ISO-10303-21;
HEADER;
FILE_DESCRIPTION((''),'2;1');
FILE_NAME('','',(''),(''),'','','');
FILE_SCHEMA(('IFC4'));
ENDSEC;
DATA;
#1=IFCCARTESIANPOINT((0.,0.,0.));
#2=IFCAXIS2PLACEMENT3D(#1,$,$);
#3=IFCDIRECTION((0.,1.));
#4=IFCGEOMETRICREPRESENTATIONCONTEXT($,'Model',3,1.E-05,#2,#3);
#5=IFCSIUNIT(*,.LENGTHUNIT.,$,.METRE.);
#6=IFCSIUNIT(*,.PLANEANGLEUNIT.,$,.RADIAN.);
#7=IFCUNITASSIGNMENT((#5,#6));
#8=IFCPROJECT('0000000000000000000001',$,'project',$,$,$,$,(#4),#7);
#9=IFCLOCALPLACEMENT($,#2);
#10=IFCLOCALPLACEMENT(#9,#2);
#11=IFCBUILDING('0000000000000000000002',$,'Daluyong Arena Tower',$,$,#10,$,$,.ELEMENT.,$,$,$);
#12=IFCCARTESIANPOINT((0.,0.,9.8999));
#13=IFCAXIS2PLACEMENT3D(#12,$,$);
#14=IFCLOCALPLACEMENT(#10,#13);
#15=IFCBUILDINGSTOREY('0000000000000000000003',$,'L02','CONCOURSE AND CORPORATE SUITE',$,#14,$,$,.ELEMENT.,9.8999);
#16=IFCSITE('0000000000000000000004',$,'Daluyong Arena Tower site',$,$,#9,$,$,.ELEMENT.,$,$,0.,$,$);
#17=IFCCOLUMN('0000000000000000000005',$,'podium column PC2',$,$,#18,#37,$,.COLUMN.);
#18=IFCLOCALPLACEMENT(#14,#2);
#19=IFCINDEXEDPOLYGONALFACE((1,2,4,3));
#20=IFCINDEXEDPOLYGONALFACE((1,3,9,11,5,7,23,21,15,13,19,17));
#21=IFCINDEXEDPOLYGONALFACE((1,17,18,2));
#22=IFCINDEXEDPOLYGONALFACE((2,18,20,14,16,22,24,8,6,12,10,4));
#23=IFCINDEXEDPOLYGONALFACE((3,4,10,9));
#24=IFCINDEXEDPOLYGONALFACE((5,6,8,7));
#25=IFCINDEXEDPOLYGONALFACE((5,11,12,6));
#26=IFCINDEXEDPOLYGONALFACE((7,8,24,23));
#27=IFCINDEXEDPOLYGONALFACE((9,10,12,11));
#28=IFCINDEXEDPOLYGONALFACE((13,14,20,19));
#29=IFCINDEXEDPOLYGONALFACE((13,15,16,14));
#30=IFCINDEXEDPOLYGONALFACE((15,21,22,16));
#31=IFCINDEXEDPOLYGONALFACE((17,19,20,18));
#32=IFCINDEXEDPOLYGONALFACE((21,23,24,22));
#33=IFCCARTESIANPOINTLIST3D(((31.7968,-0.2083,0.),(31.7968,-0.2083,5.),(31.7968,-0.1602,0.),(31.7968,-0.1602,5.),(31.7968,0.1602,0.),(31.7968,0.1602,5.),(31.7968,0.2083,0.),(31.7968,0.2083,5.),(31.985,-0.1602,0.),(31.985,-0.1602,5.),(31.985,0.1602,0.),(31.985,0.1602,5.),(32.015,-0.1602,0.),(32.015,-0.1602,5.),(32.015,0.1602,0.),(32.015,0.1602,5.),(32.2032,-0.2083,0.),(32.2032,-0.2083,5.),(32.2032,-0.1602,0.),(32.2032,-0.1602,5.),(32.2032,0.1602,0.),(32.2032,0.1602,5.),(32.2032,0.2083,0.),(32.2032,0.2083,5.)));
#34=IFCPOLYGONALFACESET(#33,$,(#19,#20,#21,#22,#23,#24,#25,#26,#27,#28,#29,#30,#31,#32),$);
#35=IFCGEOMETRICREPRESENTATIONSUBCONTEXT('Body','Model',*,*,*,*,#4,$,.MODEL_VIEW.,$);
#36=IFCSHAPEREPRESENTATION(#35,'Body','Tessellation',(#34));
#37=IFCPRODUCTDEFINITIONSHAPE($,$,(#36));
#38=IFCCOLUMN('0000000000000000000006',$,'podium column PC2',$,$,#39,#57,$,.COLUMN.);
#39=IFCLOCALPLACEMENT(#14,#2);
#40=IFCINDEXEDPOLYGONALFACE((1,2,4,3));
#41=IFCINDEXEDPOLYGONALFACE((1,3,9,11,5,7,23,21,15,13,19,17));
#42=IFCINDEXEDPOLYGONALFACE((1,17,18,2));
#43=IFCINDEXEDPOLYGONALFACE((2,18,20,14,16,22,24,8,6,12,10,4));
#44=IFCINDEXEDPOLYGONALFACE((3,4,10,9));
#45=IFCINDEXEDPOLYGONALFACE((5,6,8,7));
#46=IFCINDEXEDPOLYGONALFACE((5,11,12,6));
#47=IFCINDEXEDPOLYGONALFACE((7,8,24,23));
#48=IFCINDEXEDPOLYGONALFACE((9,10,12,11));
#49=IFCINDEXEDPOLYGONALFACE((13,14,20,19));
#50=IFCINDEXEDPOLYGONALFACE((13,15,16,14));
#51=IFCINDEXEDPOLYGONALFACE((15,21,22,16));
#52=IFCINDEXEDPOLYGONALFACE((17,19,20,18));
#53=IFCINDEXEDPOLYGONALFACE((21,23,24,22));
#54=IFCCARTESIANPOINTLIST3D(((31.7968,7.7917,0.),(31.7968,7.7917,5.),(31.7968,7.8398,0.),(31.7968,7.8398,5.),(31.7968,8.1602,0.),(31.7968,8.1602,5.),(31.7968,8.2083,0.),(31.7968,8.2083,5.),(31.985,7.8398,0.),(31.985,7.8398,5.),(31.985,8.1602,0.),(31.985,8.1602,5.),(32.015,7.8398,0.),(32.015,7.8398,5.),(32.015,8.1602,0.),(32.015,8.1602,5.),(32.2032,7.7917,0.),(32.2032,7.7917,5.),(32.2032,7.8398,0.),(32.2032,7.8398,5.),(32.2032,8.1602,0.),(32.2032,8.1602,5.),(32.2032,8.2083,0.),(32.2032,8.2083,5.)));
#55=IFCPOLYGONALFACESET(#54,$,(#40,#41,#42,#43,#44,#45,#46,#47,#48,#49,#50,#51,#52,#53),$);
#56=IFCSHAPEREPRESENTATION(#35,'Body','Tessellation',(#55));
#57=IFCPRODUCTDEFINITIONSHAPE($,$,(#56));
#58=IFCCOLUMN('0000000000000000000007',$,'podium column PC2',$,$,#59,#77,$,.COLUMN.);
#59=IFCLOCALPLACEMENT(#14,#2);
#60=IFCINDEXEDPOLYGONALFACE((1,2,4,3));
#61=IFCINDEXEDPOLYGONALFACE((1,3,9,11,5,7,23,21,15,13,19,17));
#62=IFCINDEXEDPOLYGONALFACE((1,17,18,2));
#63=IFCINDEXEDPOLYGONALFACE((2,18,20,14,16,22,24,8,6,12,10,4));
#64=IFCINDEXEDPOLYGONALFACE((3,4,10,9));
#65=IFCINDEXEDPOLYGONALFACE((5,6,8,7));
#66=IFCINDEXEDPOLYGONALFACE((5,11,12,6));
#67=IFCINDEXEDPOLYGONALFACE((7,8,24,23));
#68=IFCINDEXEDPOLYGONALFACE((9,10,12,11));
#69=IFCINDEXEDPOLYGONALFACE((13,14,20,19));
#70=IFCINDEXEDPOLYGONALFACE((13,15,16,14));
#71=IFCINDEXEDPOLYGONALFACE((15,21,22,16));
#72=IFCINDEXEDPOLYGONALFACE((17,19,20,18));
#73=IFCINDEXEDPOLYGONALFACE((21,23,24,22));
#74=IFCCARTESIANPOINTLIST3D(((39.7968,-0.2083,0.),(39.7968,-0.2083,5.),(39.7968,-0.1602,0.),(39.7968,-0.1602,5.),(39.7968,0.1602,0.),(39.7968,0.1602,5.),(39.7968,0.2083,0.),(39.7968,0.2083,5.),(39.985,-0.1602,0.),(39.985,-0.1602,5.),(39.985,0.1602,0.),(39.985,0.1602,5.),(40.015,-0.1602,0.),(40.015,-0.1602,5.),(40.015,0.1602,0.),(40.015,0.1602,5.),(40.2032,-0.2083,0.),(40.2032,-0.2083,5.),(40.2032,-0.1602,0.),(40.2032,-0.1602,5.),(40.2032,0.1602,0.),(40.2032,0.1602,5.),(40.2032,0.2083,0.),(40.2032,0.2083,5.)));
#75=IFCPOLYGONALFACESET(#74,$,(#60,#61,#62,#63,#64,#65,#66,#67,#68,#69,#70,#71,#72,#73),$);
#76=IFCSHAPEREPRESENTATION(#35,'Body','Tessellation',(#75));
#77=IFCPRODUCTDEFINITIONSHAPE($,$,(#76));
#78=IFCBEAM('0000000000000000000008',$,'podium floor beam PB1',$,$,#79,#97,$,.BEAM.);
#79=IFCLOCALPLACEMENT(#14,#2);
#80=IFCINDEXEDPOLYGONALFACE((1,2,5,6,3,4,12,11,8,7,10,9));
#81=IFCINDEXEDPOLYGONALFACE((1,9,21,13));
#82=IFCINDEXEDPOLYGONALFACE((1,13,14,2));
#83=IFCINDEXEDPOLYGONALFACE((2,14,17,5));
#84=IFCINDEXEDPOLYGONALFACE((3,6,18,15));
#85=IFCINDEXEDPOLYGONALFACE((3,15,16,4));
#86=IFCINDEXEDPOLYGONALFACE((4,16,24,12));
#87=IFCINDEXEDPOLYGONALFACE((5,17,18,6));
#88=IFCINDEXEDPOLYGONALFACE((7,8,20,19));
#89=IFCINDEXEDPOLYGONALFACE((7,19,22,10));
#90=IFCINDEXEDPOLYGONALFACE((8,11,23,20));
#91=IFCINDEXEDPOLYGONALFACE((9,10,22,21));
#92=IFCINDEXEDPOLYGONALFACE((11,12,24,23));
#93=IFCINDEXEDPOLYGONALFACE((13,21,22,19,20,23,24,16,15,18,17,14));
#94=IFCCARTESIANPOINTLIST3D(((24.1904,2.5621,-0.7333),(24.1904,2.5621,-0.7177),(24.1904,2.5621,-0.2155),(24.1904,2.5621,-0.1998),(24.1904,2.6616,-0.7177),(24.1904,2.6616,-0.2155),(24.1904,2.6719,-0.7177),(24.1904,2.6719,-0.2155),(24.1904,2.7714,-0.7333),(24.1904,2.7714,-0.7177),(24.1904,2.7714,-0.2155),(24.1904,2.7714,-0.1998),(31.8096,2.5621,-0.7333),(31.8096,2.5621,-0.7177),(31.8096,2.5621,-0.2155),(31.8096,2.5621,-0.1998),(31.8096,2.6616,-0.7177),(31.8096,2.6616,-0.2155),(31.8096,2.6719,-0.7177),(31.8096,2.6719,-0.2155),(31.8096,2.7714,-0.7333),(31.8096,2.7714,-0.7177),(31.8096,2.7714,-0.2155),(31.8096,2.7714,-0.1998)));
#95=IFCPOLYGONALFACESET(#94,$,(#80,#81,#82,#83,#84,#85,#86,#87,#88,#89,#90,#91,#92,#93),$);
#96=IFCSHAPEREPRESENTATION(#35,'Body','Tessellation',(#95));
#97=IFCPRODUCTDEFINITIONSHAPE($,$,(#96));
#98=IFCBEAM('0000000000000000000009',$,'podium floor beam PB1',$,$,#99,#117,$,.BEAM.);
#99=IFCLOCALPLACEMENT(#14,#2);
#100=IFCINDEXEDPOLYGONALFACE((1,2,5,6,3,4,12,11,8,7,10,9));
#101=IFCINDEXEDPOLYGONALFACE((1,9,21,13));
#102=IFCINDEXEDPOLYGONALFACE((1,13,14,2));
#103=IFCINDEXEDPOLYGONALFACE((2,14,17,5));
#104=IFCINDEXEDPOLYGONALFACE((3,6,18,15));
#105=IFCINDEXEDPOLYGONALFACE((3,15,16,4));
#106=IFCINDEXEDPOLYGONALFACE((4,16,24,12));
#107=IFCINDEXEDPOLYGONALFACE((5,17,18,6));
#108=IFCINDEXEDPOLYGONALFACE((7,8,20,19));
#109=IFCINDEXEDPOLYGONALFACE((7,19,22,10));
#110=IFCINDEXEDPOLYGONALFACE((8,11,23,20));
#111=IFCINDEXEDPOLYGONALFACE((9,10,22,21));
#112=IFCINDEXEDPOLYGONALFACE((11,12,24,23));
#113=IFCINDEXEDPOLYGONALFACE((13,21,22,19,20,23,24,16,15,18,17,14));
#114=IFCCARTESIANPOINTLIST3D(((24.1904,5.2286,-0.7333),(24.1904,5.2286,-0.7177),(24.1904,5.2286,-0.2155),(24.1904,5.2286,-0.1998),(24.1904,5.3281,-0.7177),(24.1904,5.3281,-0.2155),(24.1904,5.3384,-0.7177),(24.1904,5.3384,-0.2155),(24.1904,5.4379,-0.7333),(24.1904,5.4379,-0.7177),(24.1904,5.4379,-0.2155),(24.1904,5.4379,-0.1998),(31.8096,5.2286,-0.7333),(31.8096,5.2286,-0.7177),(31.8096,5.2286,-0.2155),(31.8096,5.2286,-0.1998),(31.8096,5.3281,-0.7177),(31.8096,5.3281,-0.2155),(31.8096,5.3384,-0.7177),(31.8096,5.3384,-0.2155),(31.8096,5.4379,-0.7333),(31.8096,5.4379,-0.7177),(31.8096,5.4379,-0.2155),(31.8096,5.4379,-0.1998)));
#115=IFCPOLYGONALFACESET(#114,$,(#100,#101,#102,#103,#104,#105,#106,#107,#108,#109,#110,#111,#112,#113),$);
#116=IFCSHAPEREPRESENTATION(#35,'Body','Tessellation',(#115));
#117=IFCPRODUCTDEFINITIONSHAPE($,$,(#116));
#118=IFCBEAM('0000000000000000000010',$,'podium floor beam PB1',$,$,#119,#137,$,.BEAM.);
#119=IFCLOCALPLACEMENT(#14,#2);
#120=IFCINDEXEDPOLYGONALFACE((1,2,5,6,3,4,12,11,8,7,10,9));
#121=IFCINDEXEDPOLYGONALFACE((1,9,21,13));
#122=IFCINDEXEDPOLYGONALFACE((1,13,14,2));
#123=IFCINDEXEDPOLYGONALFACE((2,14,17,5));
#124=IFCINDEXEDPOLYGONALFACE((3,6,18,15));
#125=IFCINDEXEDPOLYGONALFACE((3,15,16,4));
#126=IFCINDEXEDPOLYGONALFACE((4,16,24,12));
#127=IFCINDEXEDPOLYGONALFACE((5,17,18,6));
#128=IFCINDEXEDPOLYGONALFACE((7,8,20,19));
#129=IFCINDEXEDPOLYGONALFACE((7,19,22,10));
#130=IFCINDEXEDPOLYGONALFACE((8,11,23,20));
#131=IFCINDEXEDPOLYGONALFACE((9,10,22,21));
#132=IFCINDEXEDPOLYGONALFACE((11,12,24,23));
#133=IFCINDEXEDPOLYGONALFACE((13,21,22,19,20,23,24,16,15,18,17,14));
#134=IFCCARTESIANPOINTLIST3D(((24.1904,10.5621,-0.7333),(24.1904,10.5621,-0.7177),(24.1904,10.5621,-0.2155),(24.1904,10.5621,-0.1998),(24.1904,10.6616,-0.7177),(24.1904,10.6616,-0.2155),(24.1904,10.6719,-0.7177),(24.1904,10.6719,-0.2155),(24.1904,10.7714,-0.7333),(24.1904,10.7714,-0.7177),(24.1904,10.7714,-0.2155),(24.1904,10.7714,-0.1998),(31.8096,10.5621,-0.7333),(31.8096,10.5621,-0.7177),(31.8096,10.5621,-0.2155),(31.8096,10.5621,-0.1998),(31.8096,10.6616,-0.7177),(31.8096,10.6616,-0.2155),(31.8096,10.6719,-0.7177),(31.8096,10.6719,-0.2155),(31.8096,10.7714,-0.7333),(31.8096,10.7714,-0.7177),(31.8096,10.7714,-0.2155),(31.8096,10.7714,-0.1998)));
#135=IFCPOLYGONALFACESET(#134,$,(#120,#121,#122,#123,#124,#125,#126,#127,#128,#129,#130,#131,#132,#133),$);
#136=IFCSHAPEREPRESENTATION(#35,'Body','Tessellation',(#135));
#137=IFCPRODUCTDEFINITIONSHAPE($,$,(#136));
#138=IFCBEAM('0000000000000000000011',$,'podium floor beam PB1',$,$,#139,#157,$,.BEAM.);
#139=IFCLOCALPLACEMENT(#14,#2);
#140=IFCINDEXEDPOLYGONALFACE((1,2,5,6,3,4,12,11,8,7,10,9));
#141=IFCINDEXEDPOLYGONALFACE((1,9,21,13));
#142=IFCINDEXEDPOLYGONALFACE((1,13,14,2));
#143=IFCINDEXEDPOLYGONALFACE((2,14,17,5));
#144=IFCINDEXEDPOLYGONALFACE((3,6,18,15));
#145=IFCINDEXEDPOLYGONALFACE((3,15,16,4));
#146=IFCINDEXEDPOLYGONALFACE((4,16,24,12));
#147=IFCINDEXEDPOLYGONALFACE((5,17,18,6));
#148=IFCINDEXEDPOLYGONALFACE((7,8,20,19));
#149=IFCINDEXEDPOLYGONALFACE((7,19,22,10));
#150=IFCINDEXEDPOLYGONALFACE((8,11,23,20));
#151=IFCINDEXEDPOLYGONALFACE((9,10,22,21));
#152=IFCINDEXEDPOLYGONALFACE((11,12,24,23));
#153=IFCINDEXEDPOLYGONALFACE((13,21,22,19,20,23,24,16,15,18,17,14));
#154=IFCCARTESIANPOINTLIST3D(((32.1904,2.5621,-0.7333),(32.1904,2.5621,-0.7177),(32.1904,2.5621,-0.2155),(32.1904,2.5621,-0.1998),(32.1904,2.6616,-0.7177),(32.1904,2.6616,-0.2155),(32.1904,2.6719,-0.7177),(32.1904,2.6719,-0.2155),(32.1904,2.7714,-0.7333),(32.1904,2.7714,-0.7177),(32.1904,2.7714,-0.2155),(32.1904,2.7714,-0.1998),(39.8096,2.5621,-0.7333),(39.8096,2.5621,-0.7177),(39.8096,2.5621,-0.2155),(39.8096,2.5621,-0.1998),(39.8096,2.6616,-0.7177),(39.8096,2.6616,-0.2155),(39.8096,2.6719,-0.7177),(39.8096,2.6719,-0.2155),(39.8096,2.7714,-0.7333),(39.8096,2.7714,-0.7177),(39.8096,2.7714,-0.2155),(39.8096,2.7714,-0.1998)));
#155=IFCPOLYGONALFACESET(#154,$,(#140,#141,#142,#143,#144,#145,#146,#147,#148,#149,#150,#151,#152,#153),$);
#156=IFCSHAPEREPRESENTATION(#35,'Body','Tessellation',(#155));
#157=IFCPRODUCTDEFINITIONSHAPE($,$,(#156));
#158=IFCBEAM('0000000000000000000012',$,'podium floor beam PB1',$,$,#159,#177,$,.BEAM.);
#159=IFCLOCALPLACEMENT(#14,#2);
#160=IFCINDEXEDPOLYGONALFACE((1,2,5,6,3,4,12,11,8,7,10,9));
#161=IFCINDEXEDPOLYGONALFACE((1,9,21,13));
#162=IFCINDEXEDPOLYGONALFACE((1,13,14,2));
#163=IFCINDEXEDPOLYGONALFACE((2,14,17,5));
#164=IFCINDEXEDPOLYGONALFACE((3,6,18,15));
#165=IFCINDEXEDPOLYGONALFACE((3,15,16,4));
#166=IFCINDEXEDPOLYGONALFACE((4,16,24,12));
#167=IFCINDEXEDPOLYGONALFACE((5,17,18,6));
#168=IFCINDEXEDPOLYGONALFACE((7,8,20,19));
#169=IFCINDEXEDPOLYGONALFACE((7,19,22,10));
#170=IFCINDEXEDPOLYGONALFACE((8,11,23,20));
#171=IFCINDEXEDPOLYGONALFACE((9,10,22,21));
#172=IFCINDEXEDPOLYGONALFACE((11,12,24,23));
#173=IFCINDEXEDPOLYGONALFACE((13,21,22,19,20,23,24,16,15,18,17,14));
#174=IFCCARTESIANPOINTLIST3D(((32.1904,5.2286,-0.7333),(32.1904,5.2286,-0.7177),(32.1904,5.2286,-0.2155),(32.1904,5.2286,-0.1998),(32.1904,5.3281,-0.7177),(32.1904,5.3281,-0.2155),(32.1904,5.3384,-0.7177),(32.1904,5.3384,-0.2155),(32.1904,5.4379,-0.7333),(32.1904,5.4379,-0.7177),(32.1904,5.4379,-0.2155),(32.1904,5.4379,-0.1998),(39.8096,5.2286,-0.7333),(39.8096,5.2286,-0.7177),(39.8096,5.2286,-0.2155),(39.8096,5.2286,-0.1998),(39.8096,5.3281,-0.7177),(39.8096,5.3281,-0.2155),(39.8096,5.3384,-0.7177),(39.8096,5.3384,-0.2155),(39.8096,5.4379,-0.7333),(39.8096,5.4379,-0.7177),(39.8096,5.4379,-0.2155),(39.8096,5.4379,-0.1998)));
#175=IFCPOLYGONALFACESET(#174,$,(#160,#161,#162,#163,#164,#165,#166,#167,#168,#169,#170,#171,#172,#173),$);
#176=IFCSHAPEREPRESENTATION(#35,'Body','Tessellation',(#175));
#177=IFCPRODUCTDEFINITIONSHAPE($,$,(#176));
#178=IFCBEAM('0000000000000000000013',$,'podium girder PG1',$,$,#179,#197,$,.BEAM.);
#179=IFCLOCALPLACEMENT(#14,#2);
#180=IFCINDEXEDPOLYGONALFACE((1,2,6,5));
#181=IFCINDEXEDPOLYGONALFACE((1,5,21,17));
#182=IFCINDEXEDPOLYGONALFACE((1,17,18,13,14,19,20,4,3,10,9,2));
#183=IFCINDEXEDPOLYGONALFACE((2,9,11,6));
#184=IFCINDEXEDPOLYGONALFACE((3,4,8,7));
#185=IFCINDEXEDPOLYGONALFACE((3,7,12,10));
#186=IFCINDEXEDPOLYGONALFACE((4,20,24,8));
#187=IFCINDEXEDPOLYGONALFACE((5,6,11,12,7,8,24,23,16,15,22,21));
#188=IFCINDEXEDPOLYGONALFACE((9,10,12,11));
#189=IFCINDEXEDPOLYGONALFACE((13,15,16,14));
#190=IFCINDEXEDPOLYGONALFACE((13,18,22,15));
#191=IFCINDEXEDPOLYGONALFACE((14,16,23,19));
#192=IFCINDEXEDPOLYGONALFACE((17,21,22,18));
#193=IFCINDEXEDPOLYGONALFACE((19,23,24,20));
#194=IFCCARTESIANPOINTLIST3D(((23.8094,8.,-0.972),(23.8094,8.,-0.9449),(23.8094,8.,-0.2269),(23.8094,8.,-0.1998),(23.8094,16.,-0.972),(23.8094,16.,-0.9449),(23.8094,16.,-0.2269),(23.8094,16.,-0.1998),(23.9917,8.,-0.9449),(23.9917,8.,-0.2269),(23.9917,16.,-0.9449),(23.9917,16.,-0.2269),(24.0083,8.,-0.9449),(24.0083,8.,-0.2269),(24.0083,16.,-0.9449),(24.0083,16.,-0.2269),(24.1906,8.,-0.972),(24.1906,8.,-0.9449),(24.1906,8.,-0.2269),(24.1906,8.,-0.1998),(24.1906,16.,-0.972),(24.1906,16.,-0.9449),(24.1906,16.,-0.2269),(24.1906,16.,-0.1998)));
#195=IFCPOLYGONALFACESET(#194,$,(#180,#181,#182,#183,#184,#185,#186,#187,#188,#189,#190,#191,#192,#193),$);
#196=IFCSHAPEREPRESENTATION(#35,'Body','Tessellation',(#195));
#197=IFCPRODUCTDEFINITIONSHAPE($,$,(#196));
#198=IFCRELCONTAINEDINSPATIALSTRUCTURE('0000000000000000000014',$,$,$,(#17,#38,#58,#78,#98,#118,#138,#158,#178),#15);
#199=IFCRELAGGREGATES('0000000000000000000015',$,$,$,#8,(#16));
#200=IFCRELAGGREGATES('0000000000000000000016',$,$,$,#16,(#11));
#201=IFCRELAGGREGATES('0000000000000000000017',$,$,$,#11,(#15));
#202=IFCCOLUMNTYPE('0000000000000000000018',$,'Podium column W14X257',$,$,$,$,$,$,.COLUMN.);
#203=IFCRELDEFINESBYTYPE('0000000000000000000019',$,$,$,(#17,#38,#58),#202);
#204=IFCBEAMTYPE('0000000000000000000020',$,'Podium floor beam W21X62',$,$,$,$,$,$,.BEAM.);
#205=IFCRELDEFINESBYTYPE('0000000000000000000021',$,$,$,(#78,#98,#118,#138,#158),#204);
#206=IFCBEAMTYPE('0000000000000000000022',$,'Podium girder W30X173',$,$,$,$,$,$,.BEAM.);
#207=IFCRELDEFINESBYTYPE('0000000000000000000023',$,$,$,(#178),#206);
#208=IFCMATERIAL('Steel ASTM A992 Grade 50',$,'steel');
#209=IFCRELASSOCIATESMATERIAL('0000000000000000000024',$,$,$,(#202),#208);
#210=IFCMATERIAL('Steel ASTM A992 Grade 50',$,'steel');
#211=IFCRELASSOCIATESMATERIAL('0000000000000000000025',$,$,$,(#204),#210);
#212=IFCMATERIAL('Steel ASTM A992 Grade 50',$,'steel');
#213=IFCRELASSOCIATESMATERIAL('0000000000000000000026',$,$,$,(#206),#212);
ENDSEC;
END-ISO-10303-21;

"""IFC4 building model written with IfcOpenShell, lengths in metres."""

from ifc_helpers import new_model, si_unit, direction, frame, origin, origin_2d, place, context, subcontext, project, spatial, i_section, extrude, material, material_profile, profile_set, type_object, element, save


model = new_model("IFC4")

# Units and contexts
model_context = context("Model", 3, precision=1e-05, world=origin(), true_north=direction((0.0, 1.0)))
body_context = subcontext(model_context, "Body", "Model", "MODEL_VIEW")
ifc_project = project(units=[si_unit("LENGTHUNIT", "METRE"), si_unit("PLANEANGLEUNIT", "RADIAN")], contexts=[model_context])

# Site, building, storey
site_placement = place(None, origin())
site = spatial("IfcSite", under=ifc_project, at=site_placement, Name="Daluyong Arena Tower site", CompositionType="ELEMENT", RefElevation=0.0)
building_placement = place(site_placement, origin())
building = spatial("IfcBuilding", under=site, at=building_placement, Name="Daluyong Arena Tower", CompositionType="ELEMENT")
storey_placement = place(building_placement, frame((0.0, 0.0, 9.8999)))
storey = spatial("IfcBuildingStorey", under=building, at=storey_placement, Name="L02", Description="CONCOURSE AND CORPORATE SUITE", CompositionType="ELEMENT", Elevation=9.8999)

# Columns
ifc_material_1 = material(Name="Steel ASTM A992 Grade 50", Category="steel")
ifc_material_profile_1 = material_profile(ifc_material_1, i_section(OverallWidth=0.4065, OverallDepth=0.4165, WebThickness=0.03, FlangeThickness=0.0481, at=origin_2d()))
ifc_profile_set_1 = profile_set([ifc_material_profile_1], Name="Steel ASTM A992 Grade 50")
column_type = type_object("IfcColumnType", Name="Podium column W14X257", PredefinedType="COLUMN", material=ifc_profile_set_1)
for number, where, z_axis, x_axis, name in (
    (1, (32.0, 0.0, 0.0), (0.0, 0.0, 1.0), (1.0, 0.0, 0.0), "podium column PC2"),
    (2, (32.0, 8.0, 0.0), (0.0, 0.0, 1.0), (1.0, 0.0, 0.0), "podium column PC2"),
    (3, (40.0, 0.0, 0.0), (0.0, 0.0, 1.0), (1.0, 0.0, 0.0), "podium column PC2"),
):
    element("IfcColumn", number, at=place(storey_placement, frame(where, z_axis=z_axis, x_axis=x_axis)), inside=storey, type_object=column_type, Name=name, PredefinedType="COLUMN", context=body_context, shape_type="SweptSolid", body=[
        extrude(i_section(OverallWidth=0.4065, OverallDepth=0.4165, WebThickness=0.03, FlangeThickness=0.0481, at=origin_2d()), origin(), (0.0, 0.0, 1.0), 5.0),
    ])

# Beams
ifc_material_2 = material(Name="Steel ASTM A992 Grade 50", Category="steel")
ifc_material_profile_2 = material_profile(ifc_material_2, i_section(OverallWidth=0.2092, OverallDepth=0.5334, WebThickness=0.0103, FlangeThickness=0.0156, at=origin_2d()))
ifc_profile_set_2 = profile_set([ifc_material_profile_2], Name="Steel ASTM A992 Grade 50")
beam_type_1 = type_object("IfcBeamType", Name="Podium floor beam W21X62", PredefinedType="BEAM", material=ifc_profile_set_2)
for number, where, z_axis, x_axis, name in (
    (4, (24.1904, 2.6667, -0.4666), (1.0, 0.0, 0.0), (0.0, 1.0, 0.0), "podium floor beam PB1"),
    (5, (24.1904, 5.3333, -0.4666), (1.0, 0.0, 0.0), (0.0, 1.0, 0.0), "podium floor beam PB1"),
    (6, (24.1904, 10.6667, -0.4666), (1.0, 0.0, 0.0), (0.0, 1.0, 0.0), "podium floor beam PB1"),
    (7, (32.1904, 2.6667, -0.4666), (1.0, 0.0, 0.0), (0.0, 1.0, 0.0), "podium floor beam PB1"),
    (8, (32.1904, 5.3333, -0.4666), (1.0, 0.0, 0.0), (0.0, 1.0, 0.0), "podium floor beam PB1"),
):
    element("IfcBeam", number, at=place(storey_placement, frame(where, z_axis=z_axis, x_axis=x_axis)), inside=storey, type_object=beam_type_1, Name=name, PredefinedType="BEAM", context=body_context, shape_type="SweptSolid", body=[
        extrude(i_section(OverallWidth=0.2092, OverallDepth=0.5334, WebThickness=0.0103, FlangeThickness=0.0156, at=origin_2d()), origin(), (0.0, 0.0, 1.0), 7.6191),
    ])
ifc_material_3 = material(Name="Steel ASTM A992 Grade 50", Category="steel")
ifc_material_profile_3 = material_profile(ifc_material_3, i_section(OverallWidth=0.3811, OverallDepth=0.7722, WebThickness=0.0166, FlangeThickness=0.0271, at=origin_2d()))
ifc_profile_set_3 = profile_set([ifc_material_profile_3], Name="Steel ASTM A992 Grade 50")
beam_type_2 = type_object("IfcBeamType", Name="Podium girder W30X173", PredefinedType="BEAM", material=ifc_profile_set_3)
for number, where, z_axis, x_axis, name in (
    (9, (24.0, 8.0, -0.5859), (0.0, 1.0, 0.0), (-1.0, 0.0, 0.0), "podium girder PG1"),
):
    element("IfcBeam", number, at=place(storey_placement, frame(where, z_axis=z_axis, x_axis=x_axis)), inside=storey, type_object=beam_type_2, Name=name, PredefinedType="BEAM", context=body_context, shape_type="SweptSolid", body=[
        extrude(i_section(OverallWidth=0.3811, OverallDepth=0.7722, WebThickness=0.0166, FlangeThickness=0.0271, at=origin_2d()), origin(), (0.0, 0.0, 1.0), 8.0),
    ])

save(model, "model.ifc")
